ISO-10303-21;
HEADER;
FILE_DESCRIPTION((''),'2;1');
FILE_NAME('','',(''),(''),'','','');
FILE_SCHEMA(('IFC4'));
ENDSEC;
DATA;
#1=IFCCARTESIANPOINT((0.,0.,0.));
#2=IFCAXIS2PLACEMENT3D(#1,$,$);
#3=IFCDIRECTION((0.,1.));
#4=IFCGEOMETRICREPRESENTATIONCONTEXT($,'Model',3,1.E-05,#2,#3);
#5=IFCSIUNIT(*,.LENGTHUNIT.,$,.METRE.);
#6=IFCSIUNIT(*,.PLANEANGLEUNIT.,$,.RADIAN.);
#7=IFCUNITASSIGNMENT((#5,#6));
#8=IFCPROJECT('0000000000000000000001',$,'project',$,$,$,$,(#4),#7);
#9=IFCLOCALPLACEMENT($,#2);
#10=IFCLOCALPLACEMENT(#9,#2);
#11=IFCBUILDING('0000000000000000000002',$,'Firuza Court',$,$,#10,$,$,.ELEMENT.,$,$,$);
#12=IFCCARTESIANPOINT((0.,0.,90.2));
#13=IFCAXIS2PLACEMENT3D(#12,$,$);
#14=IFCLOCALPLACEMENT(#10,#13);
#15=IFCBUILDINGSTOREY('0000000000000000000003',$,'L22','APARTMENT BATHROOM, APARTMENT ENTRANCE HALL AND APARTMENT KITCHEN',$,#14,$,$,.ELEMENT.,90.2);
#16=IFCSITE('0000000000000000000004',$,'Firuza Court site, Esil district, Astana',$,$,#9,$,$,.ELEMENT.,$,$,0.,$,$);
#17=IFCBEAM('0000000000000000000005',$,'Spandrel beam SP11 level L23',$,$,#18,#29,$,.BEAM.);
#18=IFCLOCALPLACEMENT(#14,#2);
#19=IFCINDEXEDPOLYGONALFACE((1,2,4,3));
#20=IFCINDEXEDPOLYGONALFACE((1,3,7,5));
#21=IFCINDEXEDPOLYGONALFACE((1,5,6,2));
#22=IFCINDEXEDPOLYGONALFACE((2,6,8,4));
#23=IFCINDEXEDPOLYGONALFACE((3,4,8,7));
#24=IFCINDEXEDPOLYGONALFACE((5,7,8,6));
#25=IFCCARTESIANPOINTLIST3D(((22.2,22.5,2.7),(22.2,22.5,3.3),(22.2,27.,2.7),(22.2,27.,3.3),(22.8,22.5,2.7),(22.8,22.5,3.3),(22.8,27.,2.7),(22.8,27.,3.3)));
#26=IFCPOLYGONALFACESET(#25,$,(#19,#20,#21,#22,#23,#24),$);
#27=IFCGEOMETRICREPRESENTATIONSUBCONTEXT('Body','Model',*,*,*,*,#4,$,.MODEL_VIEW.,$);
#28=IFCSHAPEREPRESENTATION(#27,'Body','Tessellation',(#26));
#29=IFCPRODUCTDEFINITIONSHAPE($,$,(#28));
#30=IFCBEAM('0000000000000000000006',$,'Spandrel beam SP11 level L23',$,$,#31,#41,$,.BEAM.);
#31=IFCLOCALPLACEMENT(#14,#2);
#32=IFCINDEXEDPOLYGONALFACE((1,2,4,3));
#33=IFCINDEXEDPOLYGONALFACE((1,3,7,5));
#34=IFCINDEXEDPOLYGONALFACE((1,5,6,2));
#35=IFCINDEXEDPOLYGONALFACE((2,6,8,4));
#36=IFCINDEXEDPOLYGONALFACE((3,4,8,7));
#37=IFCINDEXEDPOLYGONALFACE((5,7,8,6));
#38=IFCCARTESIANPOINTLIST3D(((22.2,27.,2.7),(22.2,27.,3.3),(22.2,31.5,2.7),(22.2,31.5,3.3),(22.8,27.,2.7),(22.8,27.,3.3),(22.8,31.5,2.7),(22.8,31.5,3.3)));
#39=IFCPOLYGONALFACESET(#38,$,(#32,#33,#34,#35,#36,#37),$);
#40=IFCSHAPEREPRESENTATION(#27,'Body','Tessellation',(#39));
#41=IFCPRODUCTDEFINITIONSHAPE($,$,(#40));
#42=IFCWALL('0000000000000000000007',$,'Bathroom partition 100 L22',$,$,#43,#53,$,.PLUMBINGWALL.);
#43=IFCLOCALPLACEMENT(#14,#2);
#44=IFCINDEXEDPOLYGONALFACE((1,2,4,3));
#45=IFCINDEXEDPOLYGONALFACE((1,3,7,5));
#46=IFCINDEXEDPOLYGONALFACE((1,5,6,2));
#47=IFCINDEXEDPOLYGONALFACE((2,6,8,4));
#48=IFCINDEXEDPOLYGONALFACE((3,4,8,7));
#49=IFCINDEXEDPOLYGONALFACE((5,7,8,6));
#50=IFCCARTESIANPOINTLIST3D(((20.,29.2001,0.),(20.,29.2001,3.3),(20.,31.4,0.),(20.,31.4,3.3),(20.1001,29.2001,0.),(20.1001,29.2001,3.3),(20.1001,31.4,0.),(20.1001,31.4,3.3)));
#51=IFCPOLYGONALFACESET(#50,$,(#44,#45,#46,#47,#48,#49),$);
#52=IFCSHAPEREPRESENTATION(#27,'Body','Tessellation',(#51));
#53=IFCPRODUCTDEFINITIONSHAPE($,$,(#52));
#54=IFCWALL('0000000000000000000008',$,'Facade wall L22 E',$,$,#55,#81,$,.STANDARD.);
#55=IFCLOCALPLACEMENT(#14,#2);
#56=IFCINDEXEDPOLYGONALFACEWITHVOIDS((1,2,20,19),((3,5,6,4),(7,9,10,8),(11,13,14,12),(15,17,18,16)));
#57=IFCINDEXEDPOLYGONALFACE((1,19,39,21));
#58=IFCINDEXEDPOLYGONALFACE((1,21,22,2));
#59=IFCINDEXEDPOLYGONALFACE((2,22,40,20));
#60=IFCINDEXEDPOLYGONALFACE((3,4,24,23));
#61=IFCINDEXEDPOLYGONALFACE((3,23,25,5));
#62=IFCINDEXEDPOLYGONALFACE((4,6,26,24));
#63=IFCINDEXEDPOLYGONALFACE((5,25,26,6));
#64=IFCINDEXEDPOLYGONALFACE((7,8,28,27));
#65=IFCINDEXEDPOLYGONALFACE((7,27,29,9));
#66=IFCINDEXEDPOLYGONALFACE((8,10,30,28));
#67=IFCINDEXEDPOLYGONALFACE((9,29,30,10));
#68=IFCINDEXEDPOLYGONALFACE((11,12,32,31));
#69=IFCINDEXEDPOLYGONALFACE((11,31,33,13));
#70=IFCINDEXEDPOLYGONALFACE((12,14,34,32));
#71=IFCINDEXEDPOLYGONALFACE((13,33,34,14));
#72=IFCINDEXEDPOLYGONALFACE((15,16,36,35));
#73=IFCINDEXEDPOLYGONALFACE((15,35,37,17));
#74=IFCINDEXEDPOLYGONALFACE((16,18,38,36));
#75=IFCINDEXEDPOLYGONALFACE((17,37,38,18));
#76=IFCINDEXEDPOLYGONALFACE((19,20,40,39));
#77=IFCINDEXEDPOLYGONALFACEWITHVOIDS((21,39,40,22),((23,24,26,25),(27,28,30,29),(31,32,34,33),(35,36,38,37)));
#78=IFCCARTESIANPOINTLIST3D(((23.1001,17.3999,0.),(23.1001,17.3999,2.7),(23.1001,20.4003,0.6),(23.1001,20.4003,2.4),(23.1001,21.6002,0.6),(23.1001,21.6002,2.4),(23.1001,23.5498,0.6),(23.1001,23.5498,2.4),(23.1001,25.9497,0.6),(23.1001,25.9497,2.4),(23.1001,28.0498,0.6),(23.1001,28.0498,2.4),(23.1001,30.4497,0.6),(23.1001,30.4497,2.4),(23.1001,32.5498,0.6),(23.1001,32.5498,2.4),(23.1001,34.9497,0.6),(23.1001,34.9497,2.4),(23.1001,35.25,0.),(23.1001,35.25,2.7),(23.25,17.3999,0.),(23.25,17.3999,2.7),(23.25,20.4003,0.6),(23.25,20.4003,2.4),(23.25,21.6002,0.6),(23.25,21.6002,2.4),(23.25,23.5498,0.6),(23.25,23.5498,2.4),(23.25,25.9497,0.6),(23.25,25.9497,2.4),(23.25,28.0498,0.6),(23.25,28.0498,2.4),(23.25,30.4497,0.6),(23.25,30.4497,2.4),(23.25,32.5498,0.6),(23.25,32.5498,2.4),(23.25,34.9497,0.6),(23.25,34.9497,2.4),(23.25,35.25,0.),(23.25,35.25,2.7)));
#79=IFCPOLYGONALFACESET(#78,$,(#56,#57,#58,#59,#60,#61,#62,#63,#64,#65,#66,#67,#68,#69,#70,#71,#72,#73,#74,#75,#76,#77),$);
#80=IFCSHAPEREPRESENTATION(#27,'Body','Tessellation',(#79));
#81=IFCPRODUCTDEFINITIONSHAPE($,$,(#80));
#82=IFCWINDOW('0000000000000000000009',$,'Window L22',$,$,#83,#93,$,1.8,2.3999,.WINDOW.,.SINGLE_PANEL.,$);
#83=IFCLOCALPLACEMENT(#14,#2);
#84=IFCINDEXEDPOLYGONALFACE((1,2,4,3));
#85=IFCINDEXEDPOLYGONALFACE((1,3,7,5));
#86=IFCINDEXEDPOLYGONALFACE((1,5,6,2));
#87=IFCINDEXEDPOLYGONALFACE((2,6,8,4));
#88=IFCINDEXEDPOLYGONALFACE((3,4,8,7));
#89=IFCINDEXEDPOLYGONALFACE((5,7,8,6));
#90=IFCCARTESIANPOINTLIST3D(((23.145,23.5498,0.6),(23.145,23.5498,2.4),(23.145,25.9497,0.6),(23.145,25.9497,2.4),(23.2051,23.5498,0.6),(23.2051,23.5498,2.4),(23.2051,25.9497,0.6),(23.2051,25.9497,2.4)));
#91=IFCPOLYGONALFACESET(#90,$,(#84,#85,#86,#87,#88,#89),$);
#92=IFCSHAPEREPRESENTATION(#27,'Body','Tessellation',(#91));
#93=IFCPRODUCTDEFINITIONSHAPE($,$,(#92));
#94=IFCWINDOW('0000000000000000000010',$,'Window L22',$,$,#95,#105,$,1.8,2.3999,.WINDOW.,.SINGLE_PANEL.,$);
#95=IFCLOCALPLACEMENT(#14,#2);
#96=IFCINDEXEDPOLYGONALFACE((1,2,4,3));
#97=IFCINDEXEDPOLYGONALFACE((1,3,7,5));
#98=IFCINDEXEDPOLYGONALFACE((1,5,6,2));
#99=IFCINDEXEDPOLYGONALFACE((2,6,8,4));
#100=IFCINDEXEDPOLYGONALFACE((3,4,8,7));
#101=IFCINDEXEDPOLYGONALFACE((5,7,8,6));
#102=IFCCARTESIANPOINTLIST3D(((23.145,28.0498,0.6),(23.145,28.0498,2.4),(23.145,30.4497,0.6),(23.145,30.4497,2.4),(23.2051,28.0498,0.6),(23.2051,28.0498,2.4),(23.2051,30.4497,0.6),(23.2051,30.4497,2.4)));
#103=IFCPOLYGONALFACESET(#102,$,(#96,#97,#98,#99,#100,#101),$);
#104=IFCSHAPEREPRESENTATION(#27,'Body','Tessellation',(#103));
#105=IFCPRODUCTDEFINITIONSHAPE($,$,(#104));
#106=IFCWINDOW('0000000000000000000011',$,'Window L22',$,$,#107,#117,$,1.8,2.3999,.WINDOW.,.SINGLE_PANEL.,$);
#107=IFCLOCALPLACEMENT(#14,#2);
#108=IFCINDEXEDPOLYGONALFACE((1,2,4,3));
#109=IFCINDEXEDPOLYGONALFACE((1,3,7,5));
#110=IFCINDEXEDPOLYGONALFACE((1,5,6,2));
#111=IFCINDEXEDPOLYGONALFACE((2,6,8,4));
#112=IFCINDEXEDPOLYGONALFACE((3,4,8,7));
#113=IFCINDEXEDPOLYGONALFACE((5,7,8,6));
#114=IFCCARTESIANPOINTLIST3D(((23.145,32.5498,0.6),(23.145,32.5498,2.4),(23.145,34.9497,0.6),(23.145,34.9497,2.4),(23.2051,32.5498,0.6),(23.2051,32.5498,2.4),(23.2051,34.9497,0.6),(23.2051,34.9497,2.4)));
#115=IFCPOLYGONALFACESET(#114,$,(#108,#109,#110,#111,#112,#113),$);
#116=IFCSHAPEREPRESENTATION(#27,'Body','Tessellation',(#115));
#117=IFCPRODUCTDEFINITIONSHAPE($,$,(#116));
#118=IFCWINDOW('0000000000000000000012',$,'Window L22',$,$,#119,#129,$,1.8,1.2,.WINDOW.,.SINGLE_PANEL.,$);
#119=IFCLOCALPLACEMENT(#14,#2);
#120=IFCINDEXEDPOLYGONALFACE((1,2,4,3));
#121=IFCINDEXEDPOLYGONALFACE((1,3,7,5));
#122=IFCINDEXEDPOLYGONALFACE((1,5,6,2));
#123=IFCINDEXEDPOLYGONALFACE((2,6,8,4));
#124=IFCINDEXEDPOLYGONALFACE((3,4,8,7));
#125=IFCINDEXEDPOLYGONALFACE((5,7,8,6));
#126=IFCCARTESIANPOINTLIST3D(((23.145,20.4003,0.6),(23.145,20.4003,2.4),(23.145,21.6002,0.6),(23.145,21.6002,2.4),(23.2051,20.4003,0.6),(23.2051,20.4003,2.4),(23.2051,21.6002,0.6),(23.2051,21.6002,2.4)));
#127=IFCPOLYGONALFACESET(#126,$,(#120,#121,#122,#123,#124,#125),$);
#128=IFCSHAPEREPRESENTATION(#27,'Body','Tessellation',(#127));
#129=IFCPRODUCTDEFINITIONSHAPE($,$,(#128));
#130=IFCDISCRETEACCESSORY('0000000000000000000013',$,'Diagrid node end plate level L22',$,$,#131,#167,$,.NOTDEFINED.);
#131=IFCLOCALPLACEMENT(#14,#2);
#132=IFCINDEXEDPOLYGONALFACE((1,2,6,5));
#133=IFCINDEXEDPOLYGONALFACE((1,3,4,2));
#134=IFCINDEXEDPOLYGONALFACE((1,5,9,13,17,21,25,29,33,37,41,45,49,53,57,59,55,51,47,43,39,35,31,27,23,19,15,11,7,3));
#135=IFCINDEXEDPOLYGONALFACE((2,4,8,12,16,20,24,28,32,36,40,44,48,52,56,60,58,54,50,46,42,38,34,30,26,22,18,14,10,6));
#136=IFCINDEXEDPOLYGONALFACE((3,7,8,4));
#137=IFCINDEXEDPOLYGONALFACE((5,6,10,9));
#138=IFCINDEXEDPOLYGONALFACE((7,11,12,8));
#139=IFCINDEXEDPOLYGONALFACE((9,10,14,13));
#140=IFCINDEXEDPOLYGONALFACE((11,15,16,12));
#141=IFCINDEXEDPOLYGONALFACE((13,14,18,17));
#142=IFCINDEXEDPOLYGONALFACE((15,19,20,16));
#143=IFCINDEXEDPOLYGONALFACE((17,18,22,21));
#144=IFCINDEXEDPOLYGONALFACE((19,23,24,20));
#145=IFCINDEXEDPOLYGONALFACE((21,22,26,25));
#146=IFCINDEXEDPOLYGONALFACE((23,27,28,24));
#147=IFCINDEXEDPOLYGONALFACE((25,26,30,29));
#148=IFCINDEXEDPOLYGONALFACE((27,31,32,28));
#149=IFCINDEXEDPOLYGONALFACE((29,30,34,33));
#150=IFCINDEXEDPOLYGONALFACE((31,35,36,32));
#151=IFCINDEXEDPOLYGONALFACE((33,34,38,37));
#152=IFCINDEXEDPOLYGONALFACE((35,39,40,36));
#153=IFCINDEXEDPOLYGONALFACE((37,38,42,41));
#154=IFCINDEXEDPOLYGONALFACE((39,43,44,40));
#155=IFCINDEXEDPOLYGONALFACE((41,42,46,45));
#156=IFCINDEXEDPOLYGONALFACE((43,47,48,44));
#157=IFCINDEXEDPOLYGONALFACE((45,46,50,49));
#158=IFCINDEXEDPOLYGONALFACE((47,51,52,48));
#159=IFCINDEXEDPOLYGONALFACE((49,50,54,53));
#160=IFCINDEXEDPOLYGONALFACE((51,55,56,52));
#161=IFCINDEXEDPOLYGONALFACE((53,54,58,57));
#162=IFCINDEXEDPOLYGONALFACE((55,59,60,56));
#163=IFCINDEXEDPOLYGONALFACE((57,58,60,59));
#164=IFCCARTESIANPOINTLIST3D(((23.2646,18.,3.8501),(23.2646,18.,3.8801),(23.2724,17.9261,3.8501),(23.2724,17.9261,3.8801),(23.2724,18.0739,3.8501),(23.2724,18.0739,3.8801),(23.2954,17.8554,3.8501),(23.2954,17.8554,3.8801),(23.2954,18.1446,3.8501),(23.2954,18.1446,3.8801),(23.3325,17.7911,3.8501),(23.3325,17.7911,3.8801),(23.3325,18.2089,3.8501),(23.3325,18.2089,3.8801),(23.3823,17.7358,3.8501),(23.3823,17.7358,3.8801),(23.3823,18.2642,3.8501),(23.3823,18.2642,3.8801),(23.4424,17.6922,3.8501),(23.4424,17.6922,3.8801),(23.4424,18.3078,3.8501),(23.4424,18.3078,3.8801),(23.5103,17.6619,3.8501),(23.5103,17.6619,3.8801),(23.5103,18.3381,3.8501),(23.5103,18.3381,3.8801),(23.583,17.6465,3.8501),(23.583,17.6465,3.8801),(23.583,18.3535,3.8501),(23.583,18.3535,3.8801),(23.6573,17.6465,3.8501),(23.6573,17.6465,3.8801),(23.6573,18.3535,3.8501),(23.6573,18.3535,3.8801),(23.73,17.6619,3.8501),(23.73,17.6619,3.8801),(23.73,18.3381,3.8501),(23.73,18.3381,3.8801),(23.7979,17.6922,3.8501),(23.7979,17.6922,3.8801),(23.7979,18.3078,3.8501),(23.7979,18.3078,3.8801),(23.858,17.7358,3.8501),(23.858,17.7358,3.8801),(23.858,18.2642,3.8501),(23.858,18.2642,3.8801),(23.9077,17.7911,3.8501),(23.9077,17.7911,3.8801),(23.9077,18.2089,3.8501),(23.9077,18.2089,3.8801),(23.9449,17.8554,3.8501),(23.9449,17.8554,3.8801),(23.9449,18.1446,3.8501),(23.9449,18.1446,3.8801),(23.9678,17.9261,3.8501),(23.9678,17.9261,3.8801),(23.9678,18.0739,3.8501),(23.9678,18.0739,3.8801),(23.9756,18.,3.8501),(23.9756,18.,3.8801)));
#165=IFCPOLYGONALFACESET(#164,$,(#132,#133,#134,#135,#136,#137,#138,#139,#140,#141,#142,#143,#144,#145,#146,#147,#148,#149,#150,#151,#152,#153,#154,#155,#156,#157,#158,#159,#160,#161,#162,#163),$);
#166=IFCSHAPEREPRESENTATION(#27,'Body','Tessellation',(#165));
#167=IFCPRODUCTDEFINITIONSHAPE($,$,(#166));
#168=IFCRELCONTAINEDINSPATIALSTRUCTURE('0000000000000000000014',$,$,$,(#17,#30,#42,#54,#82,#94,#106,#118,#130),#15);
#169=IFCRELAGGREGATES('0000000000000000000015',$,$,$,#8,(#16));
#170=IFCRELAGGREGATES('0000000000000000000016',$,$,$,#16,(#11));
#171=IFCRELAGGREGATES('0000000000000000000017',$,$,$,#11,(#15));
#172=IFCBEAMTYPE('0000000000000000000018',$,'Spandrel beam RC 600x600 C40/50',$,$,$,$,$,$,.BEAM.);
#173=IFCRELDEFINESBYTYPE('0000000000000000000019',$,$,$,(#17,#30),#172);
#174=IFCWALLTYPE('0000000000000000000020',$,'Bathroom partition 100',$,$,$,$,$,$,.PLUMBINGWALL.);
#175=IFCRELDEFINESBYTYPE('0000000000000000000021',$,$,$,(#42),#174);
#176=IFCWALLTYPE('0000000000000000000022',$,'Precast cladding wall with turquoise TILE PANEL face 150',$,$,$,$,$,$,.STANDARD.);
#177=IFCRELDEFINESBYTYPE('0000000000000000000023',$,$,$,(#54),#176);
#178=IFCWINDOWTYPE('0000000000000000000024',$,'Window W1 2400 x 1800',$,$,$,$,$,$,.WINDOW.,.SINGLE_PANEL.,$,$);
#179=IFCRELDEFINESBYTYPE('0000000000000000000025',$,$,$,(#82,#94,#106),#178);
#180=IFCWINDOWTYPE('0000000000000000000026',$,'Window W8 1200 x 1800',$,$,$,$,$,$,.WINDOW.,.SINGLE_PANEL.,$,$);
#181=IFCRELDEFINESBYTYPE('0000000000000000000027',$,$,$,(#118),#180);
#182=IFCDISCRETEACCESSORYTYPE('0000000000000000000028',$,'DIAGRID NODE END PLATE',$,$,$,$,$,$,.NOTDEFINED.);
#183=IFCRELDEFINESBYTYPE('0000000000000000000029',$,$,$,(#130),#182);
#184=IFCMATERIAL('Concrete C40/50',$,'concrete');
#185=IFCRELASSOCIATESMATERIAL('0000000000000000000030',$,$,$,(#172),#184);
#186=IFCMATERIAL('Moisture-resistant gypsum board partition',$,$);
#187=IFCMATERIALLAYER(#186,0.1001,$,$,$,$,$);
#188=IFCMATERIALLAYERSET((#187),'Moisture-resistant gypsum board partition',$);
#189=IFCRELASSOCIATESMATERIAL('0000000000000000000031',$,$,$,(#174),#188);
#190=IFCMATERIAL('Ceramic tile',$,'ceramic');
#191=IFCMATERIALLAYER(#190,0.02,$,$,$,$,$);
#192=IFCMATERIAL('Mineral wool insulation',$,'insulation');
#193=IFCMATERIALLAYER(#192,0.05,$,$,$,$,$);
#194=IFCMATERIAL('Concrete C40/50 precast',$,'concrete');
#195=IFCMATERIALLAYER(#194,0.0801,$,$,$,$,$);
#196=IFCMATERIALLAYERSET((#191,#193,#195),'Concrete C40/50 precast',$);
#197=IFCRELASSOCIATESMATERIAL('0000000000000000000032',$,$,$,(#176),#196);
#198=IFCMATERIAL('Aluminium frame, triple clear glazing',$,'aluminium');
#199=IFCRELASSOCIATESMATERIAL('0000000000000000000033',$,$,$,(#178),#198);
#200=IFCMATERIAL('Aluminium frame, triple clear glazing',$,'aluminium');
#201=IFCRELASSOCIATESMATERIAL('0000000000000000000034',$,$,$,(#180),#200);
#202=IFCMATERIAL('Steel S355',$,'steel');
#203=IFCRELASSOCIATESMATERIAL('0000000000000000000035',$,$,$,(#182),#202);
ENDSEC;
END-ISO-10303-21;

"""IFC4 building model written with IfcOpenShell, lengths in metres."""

from ifc_helpers import new_model, si_unit, direction, frame, frame_2d, origin, origin_2d, place, context, subcontext, project, spatial, rectangle, circle, extrude, material, layer, layer_set, material_profile, profile_set, type_object, element, fill, save


model = new_model("IFC4")

# Units and contexts
model_context = context("Model", 3, precision=1e-05, world=origin(), true_north=direction((0.0, 1.0)))
body_context = subcontext(model_context, "Body", "Model", "MODEL_VIEW")
ifc_project = project(units=[si_unit("LENGTHUNIT", "METRE"), si_unit("PLANEANGLEUNIT", "RADIAN")], contexts=[model_context])

# Site, building, storey
site_placement = place(None, origin())
site = spatial("IfcSite", under=ifc_project, at=site_placement, Name="Firuza Court site, Esil district, Astana", CompositionType="ELEMENT", RefElevation=0.0)
building_placement = place(site_placement, origin())
building = spatial("IfcBuilding", under=site, at=building_placement, Name="Firuza Court", CompositionType="ELEMENT")
storey_placement = place(building_placement, frame((0.0, 0.0, 90.2)))
storey = spatial("IfcBuildingStorey", under=building, at=storey_placement, Name="L22", Description="APARTMENT BATHROOM, APARTMENT ENTRANCE HALL AND APARTMENT KITCHEN", CompositionType="ELEMENT", Elevation=90.2)

# Beams
ifc_material_1 = material(Name="Concrete C40/50", Category="concrete")
ifc_material_profile_1 = material_profile(ifc_material_1, rectangle(XDim=0.6001, YDim=0.6001, at=origin_2d()), Name="RC 600x600")
ifc_profile_set_1 = profile_set([ifc_material_profile_1], Name="Concrete C40/50")
beam_type_1 = type_object("IfcBeamType", Name="Spandrel beam RC 600x600 C40/50", PredefinedType="BEAM", material=ifc_profile_set_1)
for number, where, z_axis, x_axis, name in (
    (1, (22.5, 22.5, 3.0), (0.0, 1.0, 0.0), (-1.0, 0.0, 0.0), "Spandrel beam SP11 level L23"),
    (2, (22.5, 27.0, 3.0), (0.0, 1.0, 0.0), (-1.0, 0.0, 0.0), "Spandrel beam SP11 level L23"),
):
    element("IfcBeam", number, at=place(storey_placement, frame(where, z_axis=z_axis, x_axis=x_axis)), inside=storey, type_object=beam_type_1, Name=name, PredefinedType="BEAM", context=body_context, shape_type="SweptSolid", body=[
        extrude(rectangle(XDim=0.6001, YDim=0.6001, at=origin_2d()), origin(), (0.0, 0.0, 1.0), 4.5),
    ])

# Wall
ifc_material_2 = material(Name="Moisture-resistant gypsum board partition")
ifc_layer_1 = layer(ifc_material_2, 0.1001)
ifc_layer_set_1 = layer_set([ifc_layer_1], Name="Moisture-resistant gypsum board partition")
wall_type_1 = type_object("IfcWallType", Name="Bathroom partition 100", PredefinedType="PLUMBINGWALL", material=ifc_layer_set_1)
wall_1_placement = place(storey_placement, frame((20.05, 29.2, 0.0), z_axis=(0.0, 0.0, 1.0), x_axis=(0.0, 1.0, 0.0)))
element("IfcWall", 3, at=wall_1_placement, inside=storey, type_object=wall_type_1, Name="Bathroom partition 100 L22", PredefinedType="PLUMBINGWALL", context=body_context, shape_type="SweptSolid", body=[
    extrude(rectangle(XDim=2.2, YDim=0.1001, at=frame_2d((1.1001, 0.0))), origin(), (0.0, 0.0, 1.0), 3.3),
])

# Wall, openings, windows
ifc_material_3 = material(Name="Ceramic tile", Category="ceramic")
ifc_layer_2 = layer(ifc_material_3, 0.02)
ifc_material_4 = material(Name="Mineral wool insulation", Category="insulation")
ifc_layer_3 = layer(ifc_material_4, 0.05)
ifc_material_5 = material(Name="Concrete C40/50 precast", Category="concrete")
ifc_layer_4 = layer(ifc_material_5, 0.0801)
ifc_layer_set_2 = layer_set([ifc_layer_2, ifc_layer_3, ifc_layer_4], Name="Concrete C40/50 precast")
wall_type_2 = type_object("IfcWallType", Name="Precast cladding wall with turquoise TILE PANEL face 150", PredefinedType="STANDARD", material=ifc_layer_set_2)
wall_2_placement = place(storey_placement, frame((23.175, 17.3999, 0.0), z_axis=(0.0, 0.0, 1.0), x_axis=(0.0, 1.0, 0.0)))
wall_2 = element("IfcWall", 4, at=wall_2_placement, inside=storey, type_object=wall_type_2, Name="Facade wall L22 E", PredefinedType="STANDARD", context=body_context, shape_type="SweptSolid", body=[
    extrude(rectangle(XDim=17.8501, YDim=0.1499, at=frame_2d((8.925, 0.0))), origin(), (0.0, 0.0, 1.0), 2.7),
])
opening_1_placement = place(wall_2_placement, frame((3.0002, 0.0, 0.6001)))
opening_1 = element("IfcOpeningElement", 5, at=opening_1_placement, cuts=wall_2, PredefinedType="OPENING", context=body_context, shape_type="SweptSolid", body=[
    extrude(rectangle(XDim=1.2, YDim=1.8, at=frame_2d((0.6001, 0.8999))), frame((0.0, 0.0869, 0.0), z_axis=(0.0, -1.0, 0.0), x_axis=(1.0, 0.0, 0.0)), (0.0, 0.0, 1.0), 0.1738),
])
opening_2_placement = place(wall_2_placement, frame((6.1499, 0.0, 0.6001)))
opening_2 = element("IfcOpeningElement", 6, at=opening_2_placement, cuts=wall_2, PredefinedType="OPENING", context=body_context, shape_type="SweptSolid", body=[
    extrude(rectangle(XDim=2.3999, YDim=1.8, at=frame_2d((1.2, 0.8999))), frame((0.0, 0.0869, 0.0), z_axis=(0.0, -1.0, 0.0), x_axis=(1.0, 0.0, 0.0)), (0.0, 0.0, 1.0), 0.1738),
])
opening_3_placement = place(wall_2_placement, frame((10.6499, 0.0, 0.6001)))
opening_3 = element("IfcOpeningElement", 7, at=opening_3_placement, cuts=wall_2, PredefinedType="OPENING", context=body_context, shape_type="SweptSolid", body=[
    extrude(rectangle(XDim=2.3999, YDim=1.8, at=frame_2d((1.2, 0.8999))), frame((0.0, 0.0869, 0.0), z_axis=(0.0, -1.0, 0.0), x_axis=(1.0, 0.0, 0.0)), (0.0, 0.0, 1.0), 0.1738),
])
opening_4_placement = place(wall_2_placement, frame((15.1499, 0.0, 0.6001)))
opening_4 = element("IfcOpeningElement", 8, at=opening_4_placement, cuts=wall_2, PredefinedType="OPENING", context=body_context, shape_type="SweptSolid", body=[
    extrude(rectangle(XDim=2.3999, YDim=1.8, at=frame_2d((1.2, 0.8999))), frame((0.0, 0.0869, 0.0), z_axis=(0.0, -1.0, 0.0), x_axis=(1.0, 0.0, 0.0)), (0.0, 0.0, 1.0), 0.1738),
])
ifc_material_6 = material(Name="Aluminium frame, triple clear glazing", Category="aluminium")
window_type_1 = type_object("IfcWindowType", Name="Window W1 2400 x 1800", PartitioningType="SINGLE_PANEL", PredefinedType="WINDOW", material=ifc_material_6)
window_1_placement = place(opening_2_placement, origin())
window_1 = element("IfcWindow", 9, at=window_1_placement, inside=storey, type_object=window_type_1, Name="Window L22", OverallHeight=1.8, OverallWidth=2.3999, PartitioningType="SINGLE_PANEL", PredefinedType="WINDOW", context=body_context, shape_type="SweptSolid", body=[
    extrude(rectangle(XDim=2.3999, YDim=1.8, at=frame_2d((1.2, 0.8999))), frame((0.0, 0.03, 0.0), z_axis=(0.0, -1.0, 0.0), x_axis=(1.0, 0.0, 0.0)), (0.0, 0.0, 1.0), 0.0601),
])
fill(opening_2, window_1)
window_2_placement = place(opening_3_placement, origin())
window_2 = element("IfcWindow", 10, at=window_2_placement, inside=storey, type_object=window_type_1, Name="Window L22", OverallHeight=1.8, OverallWidth=2.3999, PartitioningType="SINGLE_PANEL", PredefinedType="WINDOW", context=body_context, shape_type="SweptSolid", body=[
    extrude(rectangle(XDim=2.3999, YDim=1.8, at=frame_2d((1.2, 0.8999))), frame((0.0, 0.03, 0.0), z_axis=(0.0, -1.0, 0.0), x_axis=(1.0, 0.0, 0.0)), (0.0, 0.0, 1.0), 0.0601),
])
fill(opening_3, window_2)
window_3_placement = place(opening_4_placement, origin())
window_3 = element("IfcWindow", 11, at=window_3_placement, inside=storey, type_object=window_type_1, Name="Window L22", OverallHeight=1.8, OverallWidth=2.3999, PartitioningType="SINGLE_PANEL", PredefinedType="WINDOW", context=body_context, shape_type="SweptSolid", body=[
    extrude(rectangle(XDim=2.3999, YDim=1.8, at=frame_2d((1.2, 0.8999))), frame((0.0, 0.03, 0.0), z_axis=(0.0, -1.0, 0.0), x_axis=(1.0, 0.0, 0.0)), (0.0, 0.0, 1.0), 0.0601),
])
fill(opening_4, window_3)
ifc_material_7 = material(Name="Aluminium frame, triple clear glazing", Category="aluminium")
window_type_2 = type_object("IfcWindowType", Name="Window W8 1200 x 1800", PartitioningType="SINGLE_PANEL", PredefinedType="WINDOW", material=ifc_material_7)
window_4_placement = place(opening_1_placement, origin())
window_4 = element("IfcWindow", 12, at=window_4_placement, inside=storey, type_object=window_type_2, Name="Window L22", OverallHeight=1.8, OverallWidth=1.2, PartitioningType="SINGLE_PANEL", PredefinedType="WINDOW", context=body_context, shape_type="SweptSolid", body=[
    extrude(rectangle(XDim=1.2, YDim=1.8, at=frame_2d((0.6001, 0.8999))), frame((0.0, 0.03, 0.0), z_axis=(0.0, -1.0, 0.0), x_axis=(1.0, 0.0, 0.0)), (0.0, 0.0, 1.0), 0.0601),
])
fill(opening_1, window_4)

# Discrete accessory
ifc_material_8 = material(Name="Steel S355", Category="steel")
ifc_material_profile_2 = material_profile(ifc_material_8, circle(Radius=0.3555, at=origin_2d()), Name="PL D711")
ifc_profile_set_2 = profile_set([ifc_material_profile_2], Name="Steel S355")
discrete_accessory_type = type_object("IfcDiscreteAccessoryType", Name="DIAGRID NODE END PLATE", PredefinedType="NOTDEFINED", material=ifc_profile_set_2)
for number, where, z_axis, x_axis, name in (
    (13, (23.6201, 18.0, 3.8501), (0.0, 0.0, 1.0), (1.0, 0.0, 0.0), "Diagrid node end plate level L22"),
):
    element("IfcDiscreteAccessory", number, at=place(storey_placement, frame(where, z_axis=z_axis, x_axis=x_axis)), inside=storey, type_object=discrete_accessory_type, Name=name, PredefinedType="NOTDEFINED", context=body_context, shape_type="SweptSolid", body=[
        extrude(circle(Radius=0.3555, at=origin_2d()), origin(), (0.0, 0.0, 1.0), 0.03),
    ])

save(model, "model.ifc")
